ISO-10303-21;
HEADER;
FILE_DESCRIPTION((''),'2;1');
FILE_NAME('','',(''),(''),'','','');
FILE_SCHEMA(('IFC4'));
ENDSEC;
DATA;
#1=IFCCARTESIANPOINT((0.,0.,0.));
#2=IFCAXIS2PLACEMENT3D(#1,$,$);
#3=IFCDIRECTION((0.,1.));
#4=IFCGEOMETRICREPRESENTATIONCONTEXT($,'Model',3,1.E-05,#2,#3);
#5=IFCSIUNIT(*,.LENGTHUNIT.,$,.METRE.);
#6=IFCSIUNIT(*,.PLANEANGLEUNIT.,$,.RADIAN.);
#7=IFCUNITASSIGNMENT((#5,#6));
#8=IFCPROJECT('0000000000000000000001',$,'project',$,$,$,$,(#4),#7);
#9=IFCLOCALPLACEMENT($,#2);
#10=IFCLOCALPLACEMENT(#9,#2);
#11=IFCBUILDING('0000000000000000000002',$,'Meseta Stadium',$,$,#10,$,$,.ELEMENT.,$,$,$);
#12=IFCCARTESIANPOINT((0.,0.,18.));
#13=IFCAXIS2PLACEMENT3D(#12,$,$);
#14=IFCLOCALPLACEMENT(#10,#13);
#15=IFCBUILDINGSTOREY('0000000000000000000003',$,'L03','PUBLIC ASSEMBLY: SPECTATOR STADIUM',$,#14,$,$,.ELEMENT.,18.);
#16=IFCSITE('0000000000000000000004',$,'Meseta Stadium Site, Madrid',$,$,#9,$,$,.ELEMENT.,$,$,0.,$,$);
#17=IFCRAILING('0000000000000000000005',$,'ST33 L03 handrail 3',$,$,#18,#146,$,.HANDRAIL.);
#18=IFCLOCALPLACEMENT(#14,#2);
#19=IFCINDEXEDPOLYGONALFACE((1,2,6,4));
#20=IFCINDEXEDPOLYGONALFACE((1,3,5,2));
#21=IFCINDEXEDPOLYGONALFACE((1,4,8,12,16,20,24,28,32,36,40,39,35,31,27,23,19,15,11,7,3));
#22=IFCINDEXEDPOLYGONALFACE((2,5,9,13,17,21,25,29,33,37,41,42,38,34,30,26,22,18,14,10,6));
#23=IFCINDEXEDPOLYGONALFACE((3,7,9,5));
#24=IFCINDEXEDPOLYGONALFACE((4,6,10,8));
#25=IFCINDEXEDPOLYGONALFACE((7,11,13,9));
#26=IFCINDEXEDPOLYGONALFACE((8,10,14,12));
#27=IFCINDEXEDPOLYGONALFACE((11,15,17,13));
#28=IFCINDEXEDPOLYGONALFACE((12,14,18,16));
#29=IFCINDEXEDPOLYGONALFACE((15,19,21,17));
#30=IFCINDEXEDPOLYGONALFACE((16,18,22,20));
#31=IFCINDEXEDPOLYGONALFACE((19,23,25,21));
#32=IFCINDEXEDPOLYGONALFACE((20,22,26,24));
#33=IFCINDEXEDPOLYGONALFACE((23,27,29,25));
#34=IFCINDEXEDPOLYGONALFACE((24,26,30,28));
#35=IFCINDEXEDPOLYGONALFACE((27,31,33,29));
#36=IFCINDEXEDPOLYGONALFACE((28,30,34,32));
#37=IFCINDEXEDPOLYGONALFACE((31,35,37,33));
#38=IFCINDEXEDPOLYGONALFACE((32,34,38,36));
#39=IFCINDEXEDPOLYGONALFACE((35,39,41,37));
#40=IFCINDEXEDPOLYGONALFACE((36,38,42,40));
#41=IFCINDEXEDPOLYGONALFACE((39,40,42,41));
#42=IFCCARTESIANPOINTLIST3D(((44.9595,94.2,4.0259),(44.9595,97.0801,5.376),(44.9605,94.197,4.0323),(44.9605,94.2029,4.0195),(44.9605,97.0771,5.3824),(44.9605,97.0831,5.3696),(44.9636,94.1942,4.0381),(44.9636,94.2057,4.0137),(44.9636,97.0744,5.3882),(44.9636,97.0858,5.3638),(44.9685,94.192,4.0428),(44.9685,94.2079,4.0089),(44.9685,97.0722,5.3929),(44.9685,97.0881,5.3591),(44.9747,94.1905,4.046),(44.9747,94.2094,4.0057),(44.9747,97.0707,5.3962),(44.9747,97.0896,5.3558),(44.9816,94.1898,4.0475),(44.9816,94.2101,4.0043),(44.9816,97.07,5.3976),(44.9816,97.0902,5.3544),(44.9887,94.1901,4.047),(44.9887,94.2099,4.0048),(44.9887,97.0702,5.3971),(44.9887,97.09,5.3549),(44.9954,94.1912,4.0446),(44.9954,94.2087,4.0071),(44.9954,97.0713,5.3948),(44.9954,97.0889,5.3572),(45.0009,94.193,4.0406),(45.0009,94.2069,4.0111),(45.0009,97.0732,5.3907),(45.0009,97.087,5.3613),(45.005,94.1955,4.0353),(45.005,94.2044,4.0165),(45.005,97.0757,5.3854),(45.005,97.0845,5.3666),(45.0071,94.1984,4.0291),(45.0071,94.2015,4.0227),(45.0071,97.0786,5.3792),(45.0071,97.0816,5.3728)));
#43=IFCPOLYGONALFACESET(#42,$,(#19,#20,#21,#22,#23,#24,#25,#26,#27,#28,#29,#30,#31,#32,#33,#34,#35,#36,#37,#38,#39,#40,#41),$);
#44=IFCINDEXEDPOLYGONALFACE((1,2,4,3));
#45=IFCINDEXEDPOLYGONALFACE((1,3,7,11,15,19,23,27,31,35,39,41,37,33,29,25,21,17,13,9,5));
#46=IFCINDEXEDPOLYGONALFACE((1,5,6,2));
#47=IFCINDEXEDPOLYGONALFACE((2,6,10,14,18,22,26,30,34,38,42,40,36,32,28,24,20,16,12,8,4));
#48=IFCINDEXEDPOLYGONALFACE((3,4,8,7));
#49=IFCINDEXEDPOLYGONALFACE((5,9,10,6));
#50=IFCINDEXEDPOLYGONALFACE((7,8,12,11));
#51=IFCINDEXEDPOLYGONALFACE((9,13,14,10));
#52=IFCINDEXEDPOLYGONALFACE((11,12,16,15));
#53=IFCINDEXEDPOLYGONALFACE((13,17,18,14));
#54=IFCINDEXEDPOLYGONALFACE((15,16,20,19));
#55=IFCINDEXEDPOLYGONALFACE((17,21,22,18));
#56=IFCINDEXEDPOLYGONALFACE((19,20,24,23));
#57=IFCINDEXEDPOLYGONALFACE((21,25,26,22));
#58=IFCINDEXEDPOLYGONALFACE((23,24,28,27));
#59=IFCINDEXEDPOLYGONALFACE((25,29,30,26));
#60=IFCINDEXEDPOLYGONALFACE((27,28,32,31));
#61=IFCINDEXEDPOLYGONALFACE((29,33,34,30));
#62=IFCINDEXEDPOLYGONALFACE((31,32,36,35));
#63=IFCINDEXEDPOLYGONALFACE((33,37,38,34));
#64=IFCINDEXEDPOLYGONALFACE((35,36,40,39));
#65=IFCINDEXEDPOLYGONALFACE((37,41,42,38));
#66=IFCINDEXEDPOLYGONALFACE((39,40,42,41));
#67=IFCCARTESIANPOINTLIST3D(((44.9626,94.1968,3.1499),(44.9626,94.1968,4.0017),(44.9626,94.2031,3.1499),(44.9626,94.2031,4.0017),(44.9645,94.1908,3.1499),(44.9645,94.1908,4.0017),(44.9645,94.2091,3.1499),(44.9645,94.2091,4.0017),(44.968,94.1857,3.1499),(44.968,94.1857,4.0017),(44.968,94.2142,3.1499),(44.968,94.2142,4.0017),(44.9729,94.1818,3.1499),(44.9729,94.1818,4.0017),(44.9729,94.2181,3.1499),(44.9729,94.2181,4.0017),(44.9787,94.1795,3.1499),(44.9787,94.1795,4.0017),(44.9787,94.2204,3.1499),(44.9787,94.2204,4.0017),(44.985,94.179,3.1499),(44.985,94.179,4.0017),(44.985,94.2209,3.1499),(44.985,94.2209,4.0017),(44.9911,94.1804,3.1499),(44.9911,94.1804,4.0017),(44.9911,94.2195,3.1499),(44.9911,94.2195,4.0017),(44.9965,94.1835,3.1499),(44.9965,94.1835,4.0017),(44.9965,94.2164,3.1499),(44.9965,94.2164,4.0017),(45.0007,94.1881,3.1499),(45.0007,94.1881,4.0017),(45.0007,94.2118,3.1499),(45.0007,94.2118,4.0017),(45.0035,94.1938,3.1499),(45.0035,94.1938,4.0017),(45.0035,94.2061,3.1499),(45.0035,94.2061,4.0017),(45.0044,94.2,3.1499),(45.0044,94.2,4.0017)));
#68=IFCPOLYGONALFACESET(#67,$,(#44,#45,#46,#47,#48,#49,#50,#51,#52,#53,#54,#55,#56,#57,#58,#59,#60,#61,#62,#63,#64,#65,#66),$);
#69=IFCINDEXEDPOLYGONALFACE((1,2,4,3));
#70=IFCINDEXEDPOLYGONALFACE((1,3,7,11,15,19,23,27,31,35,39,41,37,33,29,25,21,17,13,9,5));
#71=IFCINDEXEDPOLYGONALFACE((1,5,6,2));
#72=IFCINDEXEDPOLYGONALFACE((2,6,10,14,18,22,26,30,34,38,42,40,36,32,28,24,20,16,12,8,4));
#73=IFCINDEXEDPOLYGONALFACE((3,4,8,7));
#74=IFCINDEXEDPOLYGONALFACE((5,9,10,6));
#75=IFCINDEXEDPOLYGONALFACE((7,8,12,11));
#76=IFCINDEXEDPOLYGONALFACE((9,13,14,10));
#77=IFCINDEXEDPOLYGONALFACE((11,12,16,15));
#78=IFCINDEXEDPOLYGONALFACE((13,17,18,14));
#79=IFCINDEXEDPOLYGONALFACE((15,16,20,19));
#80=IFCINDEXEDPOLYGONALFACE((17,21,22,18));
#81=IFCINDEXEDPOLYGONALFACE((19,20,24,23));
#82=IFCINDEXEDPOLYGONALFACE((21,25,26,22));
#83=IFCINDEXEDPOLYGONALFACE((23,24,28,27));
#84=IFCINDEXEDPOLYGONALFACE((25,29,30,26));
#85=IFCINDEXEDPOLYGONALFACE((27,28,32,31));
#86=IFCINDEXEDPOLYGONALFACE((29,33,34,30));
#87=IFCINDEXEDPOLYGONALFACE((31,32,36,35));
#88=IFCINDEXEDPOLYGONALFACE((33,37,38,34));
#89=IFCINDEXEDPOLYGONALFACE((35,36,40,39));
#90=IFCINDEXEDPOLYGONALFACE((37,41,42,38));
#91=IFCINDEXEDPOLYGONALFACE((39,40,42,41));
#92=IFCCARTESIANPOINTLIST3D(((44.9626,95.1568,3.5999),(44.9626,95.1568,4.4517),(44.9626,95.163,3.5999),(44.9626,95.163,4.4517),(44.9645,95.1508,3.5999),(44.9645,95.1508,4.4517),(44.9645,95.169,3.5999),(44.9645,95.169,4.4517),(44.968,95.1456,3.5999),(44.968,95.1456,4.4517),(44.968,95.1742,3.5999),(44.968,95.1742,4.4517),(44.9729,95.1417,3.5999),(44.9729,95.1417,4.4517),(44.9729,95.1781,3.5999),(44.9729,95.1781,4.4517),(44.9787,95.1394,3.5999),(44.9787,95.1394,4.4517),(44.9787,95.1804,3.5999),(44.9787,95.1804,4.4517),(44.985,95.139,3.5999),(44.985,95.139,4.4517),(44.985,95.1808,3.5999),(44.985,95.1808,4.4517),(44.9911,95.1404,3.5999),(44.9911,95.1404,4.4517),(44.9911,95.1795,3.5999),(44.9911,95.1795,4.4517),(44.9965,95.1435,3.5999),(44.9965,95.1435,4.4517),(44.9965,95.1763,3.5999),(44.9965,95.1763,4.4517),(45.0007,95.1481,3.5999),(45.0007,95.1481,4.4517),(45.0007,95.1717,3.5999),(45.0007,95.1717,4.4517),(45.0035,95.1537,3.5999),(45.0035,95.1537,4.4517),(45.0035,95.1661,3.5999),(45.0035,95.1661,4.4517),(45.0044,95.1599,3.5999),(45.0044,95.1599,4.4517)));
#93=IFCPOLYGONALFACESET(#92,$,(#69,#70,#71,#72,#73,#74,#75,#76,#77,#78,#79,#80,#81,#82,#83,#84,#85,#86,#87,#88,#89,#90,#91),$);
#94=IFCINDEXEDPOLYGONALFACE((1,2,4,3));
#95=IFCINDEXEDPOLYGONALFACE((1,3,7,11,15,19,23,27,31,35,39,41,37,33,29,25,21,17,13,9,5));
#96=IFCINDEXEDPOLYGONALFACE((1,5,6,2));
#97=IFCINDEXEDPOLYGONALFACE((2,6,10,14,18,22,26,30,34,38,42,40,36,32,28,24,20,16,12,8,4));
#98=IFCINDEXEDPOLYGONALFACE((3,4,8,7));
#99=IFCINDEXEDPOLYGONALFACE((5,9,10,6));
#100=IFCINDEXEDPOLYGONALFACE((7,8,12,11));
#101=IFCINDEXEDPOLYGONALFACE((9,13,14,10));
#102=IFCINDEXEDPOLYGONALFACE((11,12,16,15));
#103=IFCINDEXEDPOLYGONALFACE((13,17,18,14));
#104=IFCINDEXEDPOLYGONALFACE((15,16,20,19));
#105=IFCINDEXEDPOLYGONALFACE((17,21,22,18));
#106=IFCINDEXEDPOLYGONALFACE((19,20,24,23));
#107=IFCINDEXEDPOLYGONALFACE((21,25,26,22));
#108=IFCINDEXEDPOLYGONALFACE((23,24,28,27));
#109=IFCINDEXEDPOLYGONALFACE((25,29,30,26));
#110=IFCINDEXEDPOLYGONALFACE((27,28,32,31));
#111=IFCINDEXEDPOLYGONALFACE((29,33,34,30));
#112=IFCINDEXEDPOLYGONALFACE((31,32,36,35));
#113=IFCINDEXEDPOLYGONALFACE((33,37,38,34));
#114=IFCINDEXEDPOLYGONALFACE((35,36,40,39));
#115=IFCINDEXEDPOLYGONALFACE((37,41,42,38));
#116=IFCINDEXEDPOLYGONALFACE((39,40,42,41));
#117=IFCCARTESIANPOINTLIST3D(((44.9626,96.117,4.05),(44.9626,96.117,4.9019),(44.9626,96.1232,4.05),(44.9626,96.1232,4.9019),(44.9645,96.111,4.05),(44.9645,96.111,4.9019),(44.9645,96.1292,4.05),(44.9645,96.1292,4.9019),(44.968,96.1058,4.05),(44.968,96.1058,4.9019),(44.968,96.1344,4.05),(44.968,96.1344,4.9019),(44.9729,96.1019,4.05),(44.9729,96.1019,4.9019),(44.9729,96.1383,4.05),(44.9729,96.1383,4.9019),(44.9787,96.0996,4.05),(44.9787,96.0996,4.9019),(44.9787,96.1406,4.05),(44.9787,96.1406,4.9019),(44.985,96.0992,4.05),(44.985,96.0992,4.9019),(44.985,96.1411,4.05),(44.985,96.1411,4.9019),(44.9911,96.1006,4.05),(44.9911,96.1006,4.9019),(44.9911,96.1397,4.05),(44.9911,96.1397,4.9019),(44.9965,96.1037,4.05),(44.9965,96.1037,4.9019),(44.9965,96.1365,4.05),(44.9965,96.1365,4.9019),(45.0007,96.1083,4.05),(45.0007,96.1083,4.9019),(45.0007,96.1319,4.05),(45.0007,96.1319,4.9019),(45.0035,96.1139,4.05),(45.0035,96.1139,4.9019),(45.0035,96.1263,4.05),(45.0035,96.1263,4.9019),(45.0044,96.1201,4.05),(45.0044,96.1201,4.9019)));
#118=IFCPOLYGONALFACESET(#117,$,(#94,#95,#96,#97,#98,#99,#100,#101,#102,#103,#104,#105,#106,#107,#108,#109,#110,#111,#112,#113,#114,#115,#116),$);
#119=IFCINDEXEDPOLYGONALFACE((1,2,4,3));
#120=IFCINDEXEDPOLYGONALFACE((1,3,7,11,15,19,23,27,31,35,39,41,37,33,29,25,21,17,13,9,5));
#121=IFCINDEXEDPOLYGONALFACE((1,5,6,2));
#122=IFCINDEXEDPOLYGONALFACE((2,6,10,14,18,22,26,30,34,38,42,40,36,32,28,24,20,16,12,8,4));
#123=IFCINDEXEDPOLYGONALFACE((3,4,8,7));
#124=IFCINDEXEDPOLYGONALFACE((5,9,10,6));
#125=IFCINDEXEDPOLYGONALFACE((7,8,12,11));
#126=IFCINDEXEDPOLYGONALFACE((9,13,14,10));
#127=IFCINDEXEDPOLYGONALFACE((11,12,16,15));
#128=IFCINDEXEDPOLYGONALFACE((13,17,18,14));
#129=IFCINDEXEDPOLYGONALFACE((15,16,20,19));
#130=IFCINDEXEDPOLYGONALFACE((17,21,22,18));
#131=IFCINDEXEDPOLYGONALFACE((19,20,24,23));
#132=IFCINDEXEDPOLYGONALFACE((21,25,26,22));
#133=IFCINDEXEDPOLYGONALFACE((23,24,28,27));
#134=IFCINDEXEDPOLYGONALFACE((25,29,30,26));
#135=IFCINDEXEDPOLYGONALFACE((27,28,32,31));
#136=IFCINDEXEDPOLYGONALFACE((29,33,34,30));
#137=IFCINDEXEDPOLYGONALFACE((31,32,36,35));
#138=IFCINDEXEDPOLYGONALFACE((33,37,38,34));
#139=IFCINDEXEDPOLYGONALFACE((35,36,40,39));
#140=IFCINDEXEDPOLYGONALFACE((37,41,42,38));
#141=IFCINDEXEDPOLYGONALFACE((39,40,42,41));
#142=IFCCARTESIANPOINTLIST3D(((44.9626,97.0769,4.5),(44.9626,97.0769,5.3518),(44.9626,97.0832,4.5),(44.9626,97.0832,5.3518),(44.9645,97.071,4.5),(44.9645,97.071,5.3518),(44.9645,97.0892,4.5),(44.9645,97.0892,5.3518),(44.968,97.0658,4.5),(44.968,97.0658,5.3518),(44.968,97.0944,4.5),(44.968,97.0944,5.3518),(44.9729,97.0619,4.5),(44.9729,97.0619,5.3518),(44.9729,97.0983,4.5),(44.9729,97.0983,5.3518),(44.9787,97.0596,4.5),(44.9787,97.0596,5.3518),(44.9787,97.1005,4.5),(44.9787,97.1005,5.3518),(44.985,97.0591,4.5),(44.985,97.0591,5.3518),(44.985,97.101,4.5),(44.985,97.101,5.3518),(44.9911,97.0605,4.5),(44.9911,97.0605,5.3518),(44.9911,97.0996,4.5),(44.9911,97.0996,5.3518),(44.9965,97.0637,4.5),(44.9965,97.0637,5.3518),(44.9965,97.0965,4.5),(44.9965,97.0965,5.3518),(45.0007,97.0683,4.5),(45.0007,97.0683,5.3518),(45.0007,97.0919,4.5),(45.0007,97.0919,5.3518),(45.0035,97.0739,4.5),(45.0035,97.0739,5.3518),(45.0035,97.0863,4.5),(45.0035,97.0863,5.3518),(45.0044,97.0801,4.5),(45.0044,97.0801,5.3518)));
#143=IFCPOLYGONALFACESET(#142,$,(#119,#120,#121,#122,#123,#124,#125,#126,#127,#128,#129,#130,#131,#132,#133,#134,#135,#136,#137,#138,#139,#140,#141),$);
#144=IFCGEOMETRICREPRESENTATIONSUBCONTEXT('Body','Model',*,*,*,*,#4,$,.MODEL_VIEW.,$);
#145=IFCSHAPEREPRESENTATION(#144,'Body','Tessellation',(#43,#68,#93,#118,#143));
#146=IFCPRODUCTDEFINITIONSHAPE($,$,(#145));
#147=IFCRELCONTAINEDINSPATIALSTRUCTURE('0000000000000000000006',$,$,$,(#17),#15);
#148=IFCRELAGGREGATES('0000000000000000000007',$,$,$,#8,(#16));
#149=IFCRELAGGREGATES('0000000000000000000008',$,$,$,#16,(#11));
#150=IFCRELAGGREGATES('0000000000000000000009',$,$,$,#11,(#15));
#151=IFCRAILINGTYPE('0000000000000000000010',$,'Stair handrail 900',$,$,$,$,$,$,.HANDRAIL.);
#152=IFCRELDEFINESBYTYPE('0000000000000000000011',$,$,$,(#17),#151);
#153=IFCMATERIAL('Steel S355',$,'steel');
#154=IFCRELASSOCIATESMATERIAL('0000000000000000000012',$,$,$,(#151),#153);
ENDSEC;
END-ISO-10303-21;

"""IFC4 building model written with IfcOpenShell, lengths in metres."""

from ifc_helpers import new_model, si_unit, direction, frame, origin, origin_2d, place, context, subcontext, project, spatial, circle, extrude, material, type_object, element, save


model = new_model("IFC4")

# Units and contexts
model_context = context("Model", 3, precision=1e-05, world=origin(), true_north=direction((0.0, 1.0)))
body_context = subcontext(model_context, "Body", "Model", "MODEL_VIEW")
ifc_project = project(units=[si_unit("LENGTHUNIT", "METRE"), si_unit("PLANEANGLEUNIT", "RADIAN")], contexts=[model_context])

# Site, building, storey
site_placement = place(None, origin())
site = spatial("IfcSite", under=ifc_project, at=site_placement, Name="Meseta Stadium Site, Madrid", CompositionType="ELEMENT", RefElevation=0.0)
building_placement = place(site_placement, origin())
building = spatial("IfcBuilding", under=site, at=building_placement, Name="Meseta Stadium", CompositionType="ELEMENT")
storey_placement = place(building_placement, frame((0.0, 0.0, 18.0)))
storey = spatial("IfcBuildingStorey", under=building, at=storey_placement, Name="L03", Description="PUBLIC ASSEMBLY: SPECTATOR STADIUM", CompositionType="ELEMENT", Elevation=18.0)

# Railing
ifc_material_1 = material(Name="Steel S355", Category="steel")
railing_type_1 = type_object("IfcRailingType", Name="Stair handrail 900", PredefinedType="HANDRAIL", material=ifc_material_1)
for number, where, name in (
    (1, (44.9834, 94.2, 3.1499), "ST33 L03 handrail 3"),
):
    element("IfcRailing", number, at=place(storey_placement, frame(where)), inside=storey, type_object=railing_type_1, Name=name, PredefinedType="HANDRAIL", context=body_context, shape_type="SweptSolid", body=[
        extrude(circle(Radius=0.0239, at=origin_2d()), frame((0.0, 0.0, 0.876), z_axis=(0.0, 0.905454, 0.424444), x_axis=(-1.0, 0.0, 0.0)), (0.0, 0.0, 1.0), 3.1809),
        extrude(circle(Radius=0.021, at=origin_2d()), origin(), (0.0, 0.0, 1.0), 0.8518),
        extrude(circle(Radius=0.021, at=origin_2d()), frame((0.0, 0.96, 0.45)), (0.0, 0.0, 1.0), 0.8518),
        extrude(circle(Radius=0.021, at=origin_2d()), frame((0.0, 1.9202, 0.9001)), (0.0, 0.0, 1.0), 0.8518),
        extrude(circle(Radius=0.021, at=origin_2d()), frame((0.0, 2.8801, 1.3501)), (0.0, 0.0, 1.0), 0.8518),
    ])

save(model, "model.ifc")
